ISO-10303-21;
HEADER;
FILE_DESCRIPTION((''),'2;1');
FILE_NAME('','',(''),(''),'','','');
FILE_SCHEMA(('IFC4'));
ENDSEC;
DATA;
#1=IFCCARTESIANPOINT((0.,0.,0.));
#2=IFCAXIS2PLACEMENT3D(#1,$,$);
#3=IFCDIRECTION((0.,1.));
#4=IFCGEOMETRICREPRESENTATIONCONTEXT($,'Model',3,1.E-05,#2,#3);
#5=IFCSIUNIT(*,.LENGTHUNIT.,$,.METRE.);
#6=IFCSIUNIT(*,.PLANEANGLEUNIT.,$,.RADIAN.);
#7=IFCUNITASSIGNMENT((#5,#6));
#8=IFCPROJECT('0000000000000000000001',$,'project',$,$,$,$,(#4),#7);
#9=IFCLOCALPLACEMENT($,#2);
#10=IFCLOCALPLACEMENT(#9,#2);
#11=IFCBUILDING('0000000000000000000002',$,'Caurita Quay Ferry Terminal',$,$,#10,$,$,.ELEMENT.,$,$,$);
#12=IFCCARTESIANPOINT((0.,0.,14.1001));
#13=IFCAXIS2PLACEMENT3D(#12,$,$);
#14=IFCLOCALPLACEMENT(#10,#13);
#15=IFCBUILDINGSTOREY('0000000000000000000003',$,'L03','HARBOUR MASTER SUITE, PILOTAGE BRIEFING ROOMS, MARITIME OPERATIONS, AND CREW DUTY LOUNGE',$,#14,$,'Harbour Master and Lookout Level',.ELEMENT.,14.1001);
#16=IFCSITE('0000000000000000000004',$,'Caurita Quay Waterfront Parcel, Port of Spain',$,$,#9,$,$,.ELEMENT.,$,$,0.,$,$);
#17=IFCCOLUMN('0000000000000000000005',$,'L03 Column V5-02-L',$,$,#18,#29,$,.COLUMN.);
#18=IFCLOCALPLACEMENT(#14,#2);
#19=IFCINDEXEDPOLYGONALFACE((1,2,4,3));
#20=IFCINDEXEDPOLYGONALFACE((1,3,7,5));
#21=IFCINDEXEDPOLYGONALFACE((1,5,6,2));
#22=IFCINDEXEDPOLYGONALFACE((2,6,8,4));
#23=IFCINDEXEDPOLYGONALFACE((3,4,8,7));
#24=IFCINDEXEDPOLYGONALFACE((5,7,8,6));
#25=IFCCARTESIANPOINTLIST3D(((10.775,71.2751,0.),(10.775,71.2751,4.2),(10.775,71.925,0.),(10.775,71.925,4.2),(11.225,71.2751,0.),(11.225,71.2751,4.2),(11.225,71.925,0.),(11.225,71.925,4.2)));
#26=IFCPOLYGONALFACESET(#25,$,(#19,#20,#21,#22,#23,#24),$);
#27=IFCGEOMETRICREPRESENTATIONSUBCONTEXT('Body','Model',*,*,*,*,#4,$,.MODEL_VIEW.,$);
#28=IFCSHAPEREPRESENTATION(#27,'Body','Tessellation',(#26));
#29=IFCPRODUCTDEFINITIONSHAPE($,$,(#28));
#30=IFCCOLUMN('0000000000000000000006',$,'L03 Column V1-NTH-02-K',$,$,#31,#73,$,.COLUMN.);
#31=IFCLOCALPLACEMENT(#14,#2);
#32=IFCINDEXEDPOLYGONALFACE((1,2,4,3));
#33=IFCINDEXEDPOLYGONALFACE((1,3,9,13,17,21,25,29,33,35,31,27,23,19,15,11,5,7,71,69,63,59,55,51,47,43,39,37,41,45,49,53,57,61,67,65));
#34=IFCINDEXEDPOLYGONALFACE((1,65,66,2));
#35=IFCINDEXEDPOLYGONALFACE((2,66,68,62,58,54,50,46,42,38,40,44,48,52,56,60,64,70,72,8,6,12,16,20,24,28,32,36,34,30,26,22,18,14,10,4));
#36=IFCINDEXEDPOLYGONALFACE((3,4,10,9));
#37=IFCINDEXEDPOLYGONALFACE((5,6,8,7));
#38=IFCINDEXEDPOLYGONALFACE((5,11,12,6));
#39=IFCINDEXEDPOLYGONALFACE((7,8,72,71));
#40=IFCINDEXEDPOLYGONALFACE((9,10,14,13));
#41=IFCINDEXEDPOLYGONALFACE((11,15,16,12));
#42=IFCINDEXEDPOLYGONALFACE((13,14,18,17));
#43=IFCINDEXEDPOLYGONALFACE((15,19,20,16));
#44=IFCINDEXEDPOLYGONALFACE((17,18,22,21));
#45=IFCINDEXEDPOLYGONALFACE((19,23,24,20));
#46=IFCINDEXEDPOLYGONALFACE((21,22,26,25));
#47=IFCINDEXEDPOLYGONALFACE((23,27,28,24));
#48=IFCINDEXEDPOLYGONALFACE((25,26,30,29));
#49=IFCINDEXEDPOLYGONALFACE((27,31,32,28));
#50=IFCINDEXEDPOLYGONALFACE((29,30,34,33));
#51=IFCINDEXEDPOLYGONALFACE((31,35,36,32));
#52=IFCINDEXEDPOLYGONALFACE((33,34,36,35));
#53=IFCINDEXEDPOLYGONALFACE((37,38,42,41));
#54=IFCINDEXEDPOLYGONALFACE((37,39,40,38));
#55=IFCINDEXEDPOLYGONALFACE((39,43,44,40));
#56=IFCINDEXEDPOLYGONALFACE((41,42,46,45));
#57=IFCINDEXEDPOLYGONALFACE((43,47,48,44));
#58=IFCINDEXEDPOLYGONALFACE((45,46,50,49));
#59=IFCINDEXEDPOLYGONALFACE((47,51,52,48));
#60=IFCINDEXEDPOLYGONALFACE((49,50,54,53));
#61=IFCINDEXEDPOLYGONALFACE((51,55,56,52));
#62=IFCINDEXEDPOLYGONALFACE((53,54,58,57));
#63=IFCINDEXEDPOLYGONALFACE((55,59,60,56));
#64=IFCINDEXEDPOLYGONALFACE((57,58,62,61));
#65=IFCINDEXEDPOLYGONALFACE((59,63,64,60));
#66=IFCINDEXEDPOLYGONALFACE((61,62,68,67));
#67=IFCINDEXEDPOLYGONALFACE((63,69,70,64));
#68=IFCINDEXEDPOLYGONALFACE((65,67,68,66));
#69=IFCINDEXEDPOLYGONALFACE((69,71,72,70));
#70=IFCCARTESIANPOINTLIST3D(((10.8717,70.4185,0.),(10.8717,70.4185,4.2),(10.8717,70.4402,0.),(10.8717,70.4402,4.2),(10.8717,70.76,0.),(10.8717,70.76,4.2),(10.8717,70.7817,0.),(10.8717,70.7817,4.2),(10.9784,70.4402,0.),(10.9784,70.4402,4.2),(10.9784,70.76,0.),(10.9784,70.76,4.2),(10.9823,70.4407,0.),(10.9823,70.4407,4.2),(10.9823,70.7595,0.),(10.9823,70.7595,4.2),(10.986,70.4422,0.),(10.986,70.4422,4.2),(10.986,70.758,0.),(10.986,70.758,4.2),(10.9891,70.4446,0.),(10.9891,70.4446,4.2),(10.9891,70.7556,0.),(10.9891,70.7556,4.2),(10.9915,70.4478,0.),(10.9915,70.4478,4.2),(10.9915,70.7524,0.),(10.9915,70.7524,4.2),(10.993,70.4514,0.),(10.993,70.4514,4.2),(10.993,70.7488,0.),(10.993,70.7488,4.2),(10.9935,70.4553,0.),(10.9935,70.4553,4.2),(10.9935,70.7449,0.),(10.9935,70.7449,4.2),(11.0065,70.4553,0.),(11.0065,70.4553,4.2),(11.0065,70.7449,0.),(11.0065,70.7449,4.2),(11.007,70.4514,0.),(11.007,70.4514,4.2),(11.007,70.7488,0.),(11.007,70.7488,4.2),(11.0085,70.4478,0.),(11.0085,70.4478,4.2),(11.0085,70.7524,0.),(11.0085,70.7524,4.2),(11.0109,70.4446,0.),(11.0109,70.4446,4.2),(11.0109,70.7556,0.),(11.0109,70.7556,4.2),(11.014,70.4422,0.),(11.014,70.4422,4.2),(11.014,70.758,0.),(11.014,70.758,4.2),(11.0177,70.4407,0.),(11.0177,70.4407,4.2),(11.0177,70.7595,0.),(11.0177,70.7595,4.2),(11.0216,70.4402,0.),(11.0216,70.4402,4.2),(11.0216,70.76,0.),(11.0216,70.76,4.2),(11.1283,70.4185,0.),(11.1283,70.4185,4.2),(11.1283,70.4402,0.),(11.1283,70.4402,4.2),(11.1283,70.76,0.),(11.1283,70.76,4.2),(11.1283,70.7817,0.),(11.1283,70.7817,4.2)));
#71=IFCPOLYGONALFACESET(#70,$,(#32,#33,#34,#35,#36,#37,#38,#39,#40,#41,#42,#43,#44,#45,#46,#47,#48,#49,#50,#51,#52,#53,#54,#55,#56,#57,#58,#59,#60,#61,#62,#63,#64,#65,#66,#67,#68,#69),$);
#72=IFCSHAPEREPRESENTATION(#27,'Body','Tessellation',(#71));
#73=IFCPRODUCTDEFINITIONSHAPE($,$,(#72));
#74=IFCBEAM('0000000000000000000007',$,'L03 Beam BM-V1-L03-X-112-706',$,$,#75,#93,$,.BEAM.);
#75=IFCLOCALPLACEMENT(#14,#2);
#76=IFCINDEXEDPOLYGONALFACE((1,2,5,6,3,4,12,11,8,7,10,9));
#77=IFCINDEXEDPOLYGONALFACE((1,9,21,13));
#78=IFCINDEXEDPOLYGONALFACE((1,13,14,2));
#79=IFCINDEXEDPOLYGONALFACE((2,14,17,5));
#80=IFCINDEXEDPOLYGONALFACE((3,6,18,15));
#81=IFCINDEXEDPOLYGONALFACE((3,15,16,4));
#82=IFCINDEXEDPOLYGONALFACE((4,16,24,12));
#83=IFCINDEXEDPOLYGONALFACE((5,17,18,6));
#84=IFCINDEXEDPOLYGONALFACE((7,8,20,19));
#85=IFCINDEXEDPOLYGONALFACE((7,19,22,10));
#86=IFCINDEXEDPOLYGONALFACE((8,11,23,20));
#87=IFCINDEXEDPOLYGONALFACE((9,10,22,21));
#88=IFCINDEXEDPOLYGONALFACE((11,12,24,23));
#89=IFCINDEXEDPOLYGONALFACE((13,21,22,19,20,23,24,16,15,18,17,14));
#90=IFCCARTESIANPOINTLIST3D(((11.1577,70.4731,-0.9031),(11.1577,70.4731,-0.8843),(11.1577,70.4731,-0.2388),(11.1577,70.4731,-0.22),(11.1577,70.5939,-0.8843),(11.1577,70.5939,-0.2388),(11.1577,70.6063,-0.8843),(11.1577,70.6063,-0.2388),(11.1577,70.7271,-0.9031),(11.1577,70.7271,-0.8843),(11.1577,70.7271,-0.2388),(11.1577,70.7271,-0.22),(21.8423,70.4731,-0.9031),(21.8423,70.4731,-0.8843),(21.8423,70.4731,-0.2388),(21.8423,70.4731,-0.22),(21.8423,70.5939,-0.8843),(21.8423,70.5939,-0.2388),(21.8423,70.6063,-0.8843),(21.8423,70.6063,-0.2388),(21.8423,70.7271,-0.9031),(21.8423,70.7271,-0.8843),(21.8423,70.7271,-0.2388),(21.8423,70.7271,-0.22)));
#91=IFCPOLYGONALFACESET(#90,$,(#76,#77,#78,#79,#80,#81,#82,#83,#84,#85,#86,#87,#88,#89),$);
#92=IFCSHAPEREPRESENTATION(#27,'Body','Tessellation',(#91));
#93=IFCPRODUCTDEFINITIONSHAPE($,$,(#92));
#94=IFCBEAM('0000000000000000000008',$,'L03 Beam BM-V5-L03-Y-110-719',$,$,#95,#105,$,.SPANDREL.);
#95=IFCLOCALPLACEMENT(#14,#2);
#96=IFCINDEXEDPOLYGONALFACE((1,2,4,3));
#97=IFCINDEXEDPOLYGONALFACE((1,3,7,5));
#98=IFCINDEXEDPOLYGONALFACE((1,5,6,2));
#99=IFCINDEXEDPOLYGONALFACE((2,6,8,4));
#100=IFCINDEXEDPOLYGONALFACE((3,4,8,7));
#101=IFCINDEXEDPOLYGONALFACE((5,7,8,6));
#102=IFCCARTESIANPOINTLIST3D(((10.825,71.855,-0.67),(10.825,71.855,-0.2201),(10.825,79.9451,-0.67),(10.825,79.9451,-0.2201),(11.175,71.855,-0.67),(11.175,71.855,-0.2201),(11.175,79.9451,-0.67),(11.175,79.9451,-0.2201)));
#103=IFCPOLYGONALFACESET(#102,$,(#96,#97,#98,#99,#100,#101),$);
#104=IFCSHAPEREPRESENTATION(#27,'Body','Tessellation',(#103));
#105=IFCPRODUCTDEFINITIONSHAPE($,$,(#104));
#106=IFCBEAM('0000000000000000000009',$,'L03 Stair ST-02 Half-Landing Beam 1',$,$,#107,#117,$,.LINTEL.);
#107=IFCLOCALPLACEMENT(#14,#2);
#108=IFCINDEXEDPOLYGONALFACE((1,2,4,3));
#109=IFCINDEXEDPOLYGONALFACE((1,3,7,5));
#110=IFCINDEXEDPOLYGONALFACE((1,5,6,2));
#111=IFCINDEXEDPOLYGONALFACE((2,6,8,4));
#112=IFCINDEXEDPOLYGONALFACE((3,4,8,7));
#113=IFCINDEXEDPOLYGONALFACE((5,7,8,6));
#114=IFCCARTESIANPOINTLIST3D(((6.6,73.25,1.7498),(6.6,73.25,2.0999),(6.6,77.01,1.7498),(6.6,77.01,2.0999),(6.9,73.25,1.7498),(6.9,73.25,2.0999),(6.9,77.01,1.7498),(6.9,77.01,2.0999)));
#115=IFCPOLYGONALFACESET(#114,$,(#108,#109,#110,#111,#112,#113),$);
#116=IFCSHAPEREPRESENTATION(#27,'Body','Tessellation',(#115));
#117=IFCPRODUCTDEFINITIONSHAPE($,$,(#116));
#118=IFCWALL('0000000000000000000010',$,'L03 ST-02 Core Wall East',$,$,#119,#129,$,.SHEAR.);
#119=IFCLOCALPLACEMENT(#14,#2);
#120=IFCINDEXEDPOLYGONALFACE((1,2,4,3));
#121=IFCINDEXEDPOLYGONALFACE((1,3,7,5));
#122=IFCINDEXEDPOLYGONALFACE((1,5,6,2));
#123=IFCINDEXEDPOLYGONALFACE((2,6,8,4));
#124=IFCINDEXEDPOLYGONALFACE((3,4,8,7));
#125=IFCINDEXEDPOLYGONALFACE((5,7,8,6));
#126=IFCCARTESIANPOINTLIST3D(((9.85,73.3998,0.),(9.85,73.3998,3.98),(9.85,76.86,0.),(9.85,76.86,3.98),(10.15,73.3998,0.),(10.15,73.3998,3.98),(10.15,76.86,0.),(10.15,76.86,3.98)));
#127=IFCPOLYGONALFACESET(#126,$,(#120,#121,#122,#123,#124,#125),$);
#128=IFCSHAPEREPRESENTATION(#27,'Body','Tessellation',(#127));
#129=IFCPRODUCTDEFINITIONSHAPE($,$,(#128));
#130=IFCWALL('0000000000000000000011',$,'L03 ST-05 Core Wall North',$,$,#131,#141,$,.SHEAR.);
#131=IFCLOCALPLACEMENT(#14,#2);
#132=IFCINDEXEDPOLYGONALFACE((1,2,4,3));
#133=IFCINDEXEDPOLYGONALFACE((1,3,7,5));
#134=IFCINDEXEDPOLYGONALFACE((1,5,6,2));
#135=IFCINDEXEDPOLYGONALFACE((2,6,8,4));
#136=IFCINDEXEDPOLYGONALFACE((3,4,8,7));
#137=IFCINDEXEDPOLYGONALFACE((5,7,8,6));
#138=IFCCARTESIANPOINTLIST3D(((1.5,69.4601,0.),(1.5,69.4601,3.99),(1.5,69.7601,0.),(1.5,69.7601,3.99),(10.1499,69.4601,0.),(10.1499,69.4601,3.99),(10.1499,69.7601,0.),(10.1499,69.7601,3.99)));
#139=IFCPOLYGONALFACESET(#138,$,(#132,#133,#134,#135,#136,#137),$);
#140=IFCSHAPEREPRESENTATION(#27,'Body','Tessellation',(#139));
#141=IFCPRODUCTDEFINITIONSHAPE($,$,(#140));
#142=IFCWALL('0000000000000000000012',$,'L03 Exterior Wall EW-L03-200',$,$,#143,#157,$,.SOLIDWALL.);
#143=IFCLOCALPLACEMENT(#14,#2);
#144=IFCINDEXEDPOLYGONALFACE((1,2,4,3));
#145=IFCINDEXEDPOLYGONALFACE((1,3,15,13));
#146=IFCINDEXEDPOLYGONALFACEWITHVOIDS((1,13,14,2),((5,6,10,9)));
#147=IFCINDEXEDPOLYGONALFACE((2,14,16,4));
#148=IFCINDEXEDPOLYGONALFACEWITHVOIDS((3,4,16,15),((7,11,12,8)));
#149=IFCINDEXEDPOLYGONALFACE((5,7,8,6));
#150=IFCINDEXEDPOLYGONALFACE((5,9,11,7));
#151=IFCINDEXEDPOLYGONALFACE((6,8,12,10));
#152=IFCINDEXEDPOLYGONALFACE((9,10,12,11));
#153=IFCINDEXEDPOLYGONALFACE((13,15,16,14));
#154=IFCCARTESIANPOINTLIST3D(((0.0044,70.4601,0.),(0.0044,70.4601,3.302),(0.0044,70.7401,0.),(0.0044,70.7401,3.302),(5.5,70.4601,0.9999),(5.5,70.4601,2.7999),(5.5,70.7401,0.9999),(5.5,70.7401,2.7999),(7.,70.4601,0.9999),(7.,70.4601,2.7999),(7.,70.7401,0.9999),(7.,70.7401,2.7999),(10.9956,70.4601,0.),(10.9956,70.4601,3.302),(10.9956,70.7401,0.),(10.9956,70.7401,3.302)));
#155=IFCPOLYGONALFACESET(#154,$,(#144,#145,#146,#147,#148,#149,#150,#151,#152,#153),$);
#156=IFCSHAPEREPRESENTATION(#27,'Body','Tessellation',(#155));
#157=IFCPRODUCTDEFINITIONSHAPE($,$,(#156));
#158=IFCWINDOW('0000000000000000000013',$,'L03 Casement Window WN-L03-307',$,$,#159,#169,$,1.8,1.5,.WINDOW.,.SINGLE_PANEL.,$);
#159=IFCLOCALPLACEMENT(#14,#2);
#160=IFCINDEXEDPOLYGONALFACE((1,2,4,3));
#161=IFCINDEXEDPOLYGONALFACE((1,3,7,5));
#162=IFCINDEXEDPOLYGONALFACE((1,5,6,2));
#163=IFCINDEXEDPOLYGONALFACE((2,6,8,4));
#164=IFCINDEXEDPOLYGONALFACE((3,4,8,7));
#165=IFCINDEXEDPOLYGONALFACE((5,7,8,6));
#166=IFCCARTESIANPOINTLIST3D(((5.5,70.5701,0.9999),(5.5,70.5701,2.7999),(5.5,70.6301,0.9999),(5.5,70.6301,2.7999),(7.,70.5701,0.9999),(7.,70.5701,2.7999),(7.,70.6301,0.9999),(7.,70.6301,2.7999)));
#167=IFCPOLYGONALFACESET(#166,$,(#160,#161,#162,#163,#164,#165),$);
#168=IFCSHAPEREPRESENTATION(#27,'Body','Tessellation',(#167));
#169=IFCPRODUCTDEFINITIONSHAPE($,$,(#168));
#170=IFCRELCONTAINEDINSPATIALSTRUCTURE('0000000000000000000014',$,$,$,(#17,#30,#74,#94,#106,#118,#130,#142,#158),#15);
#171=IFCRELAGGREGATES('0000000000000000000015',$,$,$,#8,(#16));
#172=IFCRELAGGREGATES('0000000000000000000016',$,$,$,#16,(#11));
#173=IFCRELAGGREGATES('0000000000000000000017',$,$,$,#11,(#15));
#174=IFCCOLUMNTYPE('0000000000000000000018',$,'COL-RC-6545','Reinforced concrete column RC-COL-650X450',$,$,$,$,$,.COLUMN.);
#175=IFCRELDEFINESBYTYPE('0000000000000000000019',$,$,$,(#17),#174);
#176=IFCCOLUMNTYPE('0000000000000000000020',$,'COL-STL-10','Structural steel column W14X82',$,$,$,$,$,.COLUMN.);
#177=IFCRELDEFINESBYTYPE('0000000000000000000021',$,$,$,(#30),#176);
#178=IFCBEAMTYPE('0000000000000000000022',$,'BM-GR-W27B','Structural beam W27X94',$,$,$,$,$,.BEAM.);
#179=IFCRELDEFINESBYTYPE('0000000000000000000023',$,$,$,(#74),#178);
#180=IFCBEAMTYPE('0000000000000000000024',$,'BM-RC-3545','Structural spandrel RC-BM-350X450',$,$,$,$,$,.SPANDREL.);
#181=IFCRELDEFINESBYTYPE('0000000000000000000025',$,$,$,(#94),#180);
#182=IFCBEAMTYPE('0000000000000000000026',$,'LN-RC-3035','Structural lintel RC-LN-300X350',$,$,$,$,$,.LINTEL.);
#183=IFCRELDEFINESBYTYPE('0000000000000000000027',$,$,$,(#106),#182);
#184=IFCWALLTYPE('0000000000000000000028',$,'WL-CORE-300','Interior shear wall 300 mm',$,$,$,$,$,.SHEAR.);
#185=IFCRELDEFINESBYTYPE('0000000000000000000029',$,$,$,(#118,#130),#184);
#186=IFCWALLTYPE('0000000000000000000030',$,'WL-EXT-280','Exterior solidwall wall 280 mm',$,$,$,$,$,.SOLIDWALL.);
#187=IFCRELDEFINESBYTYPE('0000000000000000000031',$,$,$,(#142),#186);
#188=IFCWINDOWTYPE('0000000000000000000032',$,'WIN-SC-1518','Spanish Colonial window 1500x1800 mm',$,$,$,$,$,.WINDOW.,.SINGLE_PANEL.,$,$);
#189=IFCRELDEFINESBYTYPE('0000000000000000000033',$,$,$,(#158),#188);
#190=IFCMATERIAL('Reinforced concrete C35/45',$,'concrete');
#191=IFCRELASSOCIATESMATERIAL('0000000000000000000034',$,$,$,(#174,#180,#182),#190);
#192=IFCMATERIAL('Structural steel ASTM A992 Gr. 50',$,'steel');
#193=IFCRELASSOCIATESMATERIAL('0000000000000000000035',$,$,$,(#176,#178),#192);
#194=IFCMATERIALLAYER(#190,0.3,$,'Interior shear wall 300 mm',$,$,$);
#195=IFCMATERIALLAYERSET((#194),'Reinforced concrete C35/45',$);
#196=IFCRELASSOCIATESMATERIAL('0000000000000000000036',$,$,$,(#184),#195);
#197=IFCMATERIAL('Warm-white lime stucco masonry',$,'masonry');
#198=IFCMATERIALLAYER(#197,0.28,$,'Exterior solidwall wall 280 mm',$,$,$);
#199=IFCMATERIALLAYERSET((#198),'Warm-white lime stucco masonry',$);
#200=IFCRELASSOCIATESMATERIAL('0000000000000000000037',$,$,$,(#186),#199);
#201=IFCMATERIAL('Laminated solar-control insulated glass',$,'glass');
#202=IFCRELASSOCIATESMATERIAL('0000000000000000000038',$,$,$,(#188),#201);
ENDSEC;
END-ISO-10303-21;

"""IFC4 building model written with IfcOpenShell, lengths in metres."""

from ifc_helpers import new_model, si_unit, direction, frame, frame_2d, origin, origin_2d, place, context, subcontext, project, spatial, rectangle, i_section, extrude, material, layer, layer_set, material_profile, profile_set, type_object, element, fill, save


model = new_model("IFC4")

# Units and contexts
model_context = context("Model", 3, precision=1e-05, world=origin(), true_north=direction((0.0, 1.0)))
body_context = subcontext(model_context, "Body", "Model", "MODEL_VIEW")
ifc_project = project(units=[si_unit("LENGTHUNIT", "METRE"), si_unit("PLANEANGLEUNIT", "RADIAN")], contexts=[model_context])

# Site, building, storey
site_placement = place(None, origin())
site = spatial("IfcSite", under=ifc_project, at=site_placement, Name="Caurita Quay Waterfront Parcel, Port of Spain", CompositionType="ELEMENT", RefElevation=0.0)
building_placement = place(site_placement, origin())
building = spatial("IfcBuilding", under=site, at=building_placement, Name="Caurita Quay Ferry Terminal", CompositionType="ELEMENT")
storey_placement = place(building_placement, frame((0.0, 0.0, 14.1001)))
storey = spatial("IfcBuildingStorey", under=building, at=storey_placement, Name="L03", Description="HARBOUR MASTER SUITE, PILOTAGE BRIEFING ROOMS, MARITIME OPERATIONS, AND CREW DUTY LOUNGE", LongName="Harbour Master and Lookout Level", CompositionType="ELEMENT", Elevation=14.1001)

# Columns
ifc_material_1 = material(Name="Reinforced concrete C35/45", Category="concrete")
ifc_material_profile_1 = material_profile(ifc_material_1, rectangle(XDim=0.45, YDim=0.6499, at=origin_2d()), Name="RC-COL-650X450")
ifc_profile_set_1 = profile_set([ifc_material_profile_1], Name="Reinforced concrete C35/45")
column_type_1 = type_object("IfcColumnType", Name="COL-RC-6545", Description="Reinforced concrete column RC-COL-650X450", PredefinedType="COLUMN", material=ifc_profile_set_1)
column_1_placement = place(storey_placement, frame((11.0, 71.6001, 0.0), z_axis=(0.0, 0.0, 1.0), x_axis=(1.0, 0.0, 0.0)))
element("IfcColumn", 1, at=column_1_placement, inside=storey, type_object=column_type_1, Name="L03 Column V5-02-L", PredefinedType="COLUMN", context=body_context, shape_type="SweptSolid", body=[
    extrude(rectangle(XDim=0.45, YDim=0.6499, at=origin_2d()), origin(), (0.0, 0.0, 1.0), 4.2),
])
ifc_material_2 = material(Name="Structural steel ASTM A992 Gr. 50", Category="steel")
ifc_material_profile_2 = material_profile(ifc_material_2, i_section(OverallWidth=0.2566, OverallDepth=0.3633, WebThickness=0.0129, FlangeThickness=0.0217, FilletRadius=0.0151, at=origin_2d()), Name="W14X82")
ifc_profile_set_2 = profile_set([ifc_material_profile_2], Name="Structural steel ASTM A992 Gr. 50")
column_type_2 = type_object("IfcColumnType", Name="COL-STL-10", Description="Structural steel column W14X82", PredefinedType="COLUMN", material=ifc_profile_set_2)
column_2_placement = place(storey_placement, frame((11.0, 70.6001, 0.0), z_axis=(0.0, 0.0, 1.0), x_axis=(1.0, 0.0, 0.0)))
element("IfcColumn", 2, at=column_2_placement, inside=storey, type_object=column_type_2, Name="L03 Column V1-NTH-02-K", PredefinedType="COLUMN", context=body_context, shape_type="SweptSolid", body=[
    extrude(i_section(OverallWidth=0.2566, OverallDepth=0.3633, WebThickness=0.0129, FlangeThickness=0.0217, FilletRadius=0.0151, at=origin_2d()), origin(), (0.0, 0.0, 1.0), 4.2),
])

# Beams
ifc_material_profile_3 = material_profile(ifc_material_2, i_section(OverallWidth=0.2539, OverallDepth=0.6831, WebThickness=0.0125, FlangeThickness=0.0188, at=origin_2d()), Name="W27X94")
ifc_profile_set_3 = profile_set([ifc_material_profile_3], Name="Structural steel ASTM A992 Gr. 50")
beam_type_1 = type_object("IfcBeamType", Name="BM-GR-W27B", Description="Structural beam W27X94", PredefinedType="BEAM", material=ifc_profile_set_3)
beam_1_placement = place(storey_placement, frame((11.1577, 70.6001, -0.5615), z_axis=(1.0, 0.0, 0.0), x_axis=(0.0, 1.0, 0.0)))
element("IfcBeam", 3, at=beam_1_placement, inside=storey, type_object=beam_type_1, Name="L03 Beam BM-V1-L03-X-112-706", PredefinedType="BEAM", context=body_context, shape_type="SweptSolid", body=[
    extrude(i_section(OverallWidth=0.2539, OverallDepth=0.6831, WebThickness=0.0125, FlangeThickness=0.0188, at=origin_2d()), origin(), (0.0, 0.0, 1.0), 10.6846),
])
ifc_material_profile_4 = material_profile(ifc_material_1, rectangle(XDim=0.3501, YDim=0.45, at=origin_2d()), Name="RC-BM-350X450")
ifc_profile_set_4 = profile_set([ifc_material_profile_4], Name="Reinforced concrete C35/45")
beam_type_2 = type_object("IfcBeamType", Name="BM-RC-3545", Description="Structural spandrel RC-BM-350X450", PredefinedType="SPANDREL", material=ifc_profile_set_4)
beam_2_placement = place(storey_placement, frame((11.0, 71.855, -0.4451), z_axis=(0.0, 1.0, 0.0), x_axis=(-1.0, 0.0, 0.0)))
element("IfcBeam", 4, at=beam_2_placement, inside=storey, type_object=beam_type_2, Name="L03 Beam BM-V5-L03-Y-110-719", PredefinedType="SPANDREL", context=body_context, shape_type="SweptSolid", body=[
    extrude(rectangle(XDim=0.3501, YDim=0.45, at=origin_2d()), origin(), (0.0, 0.0, 1.0), 8.0901),
])
ifc_material_profile_5 = material_profile(ifc_material_1, rectangle(XDim=0.3, YDim=0.3501, at=origin_2d()), Name="RC-LN-300X350")
ifc_profile_set_5 = profile_set([ifc_material_profile_5], Name="Reinforced concrete C35/45")
beam_type_3 = type_object("IfcBeamType", Name="LN-RC-3035", Description="Structural lintel RC-LN-300X350", PredefinedType="LINTEL", material=ifc_profile_set_5)
beam_3_placement = place(storey_placement, frame((6.75, 73.25, 1.9248), z_axis=(0.0, 1.0, 0.0), x_axis=(-1.0, 0.0, 0.0)))
element("IfcBeam", 5, at=beam_3_placement, inside=storey, type_object=beam_type_3, Name="L03 Stair ST-02 Half-Landing Beam 1", PredefinedType="LINTEL", context=body_context, shape_type="SweptSolid", body=[
    extrude(rectangle(XDim=0.3, YDim=0.3501, at=origin_2d()), origin(), (0.0, 0.0, 1.0), 3.76),
])

# Walls
ifc_layer_1 = layer(ifc_material_1, 0.3, Name="Interior shear wall 300 mm")
ifc_layer_set_1 = layer_set([ifc_layer_1], Name="Reinforced concrete C35/45")
wall_type_1 = type_object("IfcWallType", Name="WL-CORE-300", Description="Interior shear wall 300 mm", PredefinedType="SHEAR", material=ifc_layer_set_1)
wall_1_placement = place(storey_placement, frame((10.0, 73.3999, 0.0), z_axis=(0.0, 0.0, 1.0), x_axis=(0.0, 1.0, 0.0)))
element("IfcWall", 6, at=wall_1_placement, inside=storey, type_object=wall_type_1, Name="L03 ST-02 Core Wall East", PredefinedType="SHEAR", context=body_context, shape_type="SweptSolid", body=[
    extrude(rectangle(XDim=3.4602, YDim=0.3, at=frame_2d((1.73, 0.0))), origin(), (0.0, 0.0, 1.0), 3.98),
])
wall_2_placement = place(storey_placement, frame((10.1499, 69.6101, 0.0), z_axis=(0.0, 0.0, 1.0), x_axis=(-1.0, 0.0, 0.0)))
element("IfcWall", 7, at=wall_2_placement, inside=storey, type_object=wall_type_1, Name="L03 ST-05 Core Wall North", PredefinedType="SHEAR", context=body_context, shape_type="SweptSolid", body=[
    extrude(rectangle(XDim=8.6499, YDim=0.3, at=frame_2d((4.325, 0.0))), origin(), (0.0, 0.0, 1.0), 3.99),
])

# Wall, opening, window
ifc_material_3 = material(Name="Warm-white lime stucco masonry", Category="masonry")
ifc_layer_2 = layer(ifc_material_3, 0.28, Name="Exterior solidwall wall 280 mm")
ifc_layer_set_2 = layer_set([ifc_layer_2], Name="Warm-white lime stucco masonry")
wall_type_2 = type_object("IfcWallType", Name="WL-EXT-280", Description="Exterior solidwall wall 280 mm", PredefinedType="SOLIDWALL", material=ifc_layer_set_2)
wall_3_placement = place(storey_placement, frame((10.9956, 70.6001, 0.0), z_axis=(0.0, 0.0, 1.0), x_axis=(-1.0, 0.0, 0.0)))
wall_3 = element("IfcWall", 8, at=wall_3_placement, inside=storey, type_object=wall_type_2, Name="L03 Exterior Wall EW-L03-200", PredefinedType="SOLIDWALL", context=body_context, shape_type="SweptSolid", body=[
    extrude(rectangle(XDim=10.9912, YDim=0.28, at=frame_2d((5.4956, 0.0))), origin(), (0.0, 0.0, 1.0), 3.302),
])
opening_placement = place(wall_3_placement, frame((3.9956, 0.0, 1.0)))
opening = element("IfcOpeningElement", 9, at=opening_placement, cuts=wall_3, PredefinedType="OPENING", context=body_context, shape_type="SweptSolid", body=[
    extrude(rectangle(XDim=1.5, YDim=1.8, at=frame_2d((0.75, 0.8999))), frame((0.0, 0.1499, 0.0), z_axis=(0.0, -1.0, 0.0), x_axis=(1.0, 0.0, 0.0)), (0.0, 0.0, 1.0), 0.3),
])
ifc_material_4 = material(Name="Laminated solar-control insulated glass", Category="glass")
window_type = type_object("IfcWindowType", Name="WIN-SC-1518", Description="Spanish Colonial window 1500x1800 mm", PartitioningType="SINGLE_PANEL", PredefinedType="WINDOW", material=ifc_material_4)
window_placement = place(opening_placement, origin())
window = element("IfcWindow", 10, at=window_placement, inside=storey, type_object=window_type, Name="L03 Casement Window WN-L03-307", OverallHeight=1.8, OverallWidth=1.5, PartitioningType="SINGLE_PANEL", PredefinedType="WINDOW", context=body_context, shape_type="SweptSolid", body=[
    extrude(rectangle(XDim=1.5, YDim=1.8, at=frame_2d((0.75, 0.8999))), frame((0.0, 0.03, 0.0), z_axis=(0.0, -1.0, 0.0), x_axis=(1.0, 0.0, 0.0)), (0.0, 0.0, 1.0), 0.0601),
])
fill(opening, window)

save(model, "model.ifc")
